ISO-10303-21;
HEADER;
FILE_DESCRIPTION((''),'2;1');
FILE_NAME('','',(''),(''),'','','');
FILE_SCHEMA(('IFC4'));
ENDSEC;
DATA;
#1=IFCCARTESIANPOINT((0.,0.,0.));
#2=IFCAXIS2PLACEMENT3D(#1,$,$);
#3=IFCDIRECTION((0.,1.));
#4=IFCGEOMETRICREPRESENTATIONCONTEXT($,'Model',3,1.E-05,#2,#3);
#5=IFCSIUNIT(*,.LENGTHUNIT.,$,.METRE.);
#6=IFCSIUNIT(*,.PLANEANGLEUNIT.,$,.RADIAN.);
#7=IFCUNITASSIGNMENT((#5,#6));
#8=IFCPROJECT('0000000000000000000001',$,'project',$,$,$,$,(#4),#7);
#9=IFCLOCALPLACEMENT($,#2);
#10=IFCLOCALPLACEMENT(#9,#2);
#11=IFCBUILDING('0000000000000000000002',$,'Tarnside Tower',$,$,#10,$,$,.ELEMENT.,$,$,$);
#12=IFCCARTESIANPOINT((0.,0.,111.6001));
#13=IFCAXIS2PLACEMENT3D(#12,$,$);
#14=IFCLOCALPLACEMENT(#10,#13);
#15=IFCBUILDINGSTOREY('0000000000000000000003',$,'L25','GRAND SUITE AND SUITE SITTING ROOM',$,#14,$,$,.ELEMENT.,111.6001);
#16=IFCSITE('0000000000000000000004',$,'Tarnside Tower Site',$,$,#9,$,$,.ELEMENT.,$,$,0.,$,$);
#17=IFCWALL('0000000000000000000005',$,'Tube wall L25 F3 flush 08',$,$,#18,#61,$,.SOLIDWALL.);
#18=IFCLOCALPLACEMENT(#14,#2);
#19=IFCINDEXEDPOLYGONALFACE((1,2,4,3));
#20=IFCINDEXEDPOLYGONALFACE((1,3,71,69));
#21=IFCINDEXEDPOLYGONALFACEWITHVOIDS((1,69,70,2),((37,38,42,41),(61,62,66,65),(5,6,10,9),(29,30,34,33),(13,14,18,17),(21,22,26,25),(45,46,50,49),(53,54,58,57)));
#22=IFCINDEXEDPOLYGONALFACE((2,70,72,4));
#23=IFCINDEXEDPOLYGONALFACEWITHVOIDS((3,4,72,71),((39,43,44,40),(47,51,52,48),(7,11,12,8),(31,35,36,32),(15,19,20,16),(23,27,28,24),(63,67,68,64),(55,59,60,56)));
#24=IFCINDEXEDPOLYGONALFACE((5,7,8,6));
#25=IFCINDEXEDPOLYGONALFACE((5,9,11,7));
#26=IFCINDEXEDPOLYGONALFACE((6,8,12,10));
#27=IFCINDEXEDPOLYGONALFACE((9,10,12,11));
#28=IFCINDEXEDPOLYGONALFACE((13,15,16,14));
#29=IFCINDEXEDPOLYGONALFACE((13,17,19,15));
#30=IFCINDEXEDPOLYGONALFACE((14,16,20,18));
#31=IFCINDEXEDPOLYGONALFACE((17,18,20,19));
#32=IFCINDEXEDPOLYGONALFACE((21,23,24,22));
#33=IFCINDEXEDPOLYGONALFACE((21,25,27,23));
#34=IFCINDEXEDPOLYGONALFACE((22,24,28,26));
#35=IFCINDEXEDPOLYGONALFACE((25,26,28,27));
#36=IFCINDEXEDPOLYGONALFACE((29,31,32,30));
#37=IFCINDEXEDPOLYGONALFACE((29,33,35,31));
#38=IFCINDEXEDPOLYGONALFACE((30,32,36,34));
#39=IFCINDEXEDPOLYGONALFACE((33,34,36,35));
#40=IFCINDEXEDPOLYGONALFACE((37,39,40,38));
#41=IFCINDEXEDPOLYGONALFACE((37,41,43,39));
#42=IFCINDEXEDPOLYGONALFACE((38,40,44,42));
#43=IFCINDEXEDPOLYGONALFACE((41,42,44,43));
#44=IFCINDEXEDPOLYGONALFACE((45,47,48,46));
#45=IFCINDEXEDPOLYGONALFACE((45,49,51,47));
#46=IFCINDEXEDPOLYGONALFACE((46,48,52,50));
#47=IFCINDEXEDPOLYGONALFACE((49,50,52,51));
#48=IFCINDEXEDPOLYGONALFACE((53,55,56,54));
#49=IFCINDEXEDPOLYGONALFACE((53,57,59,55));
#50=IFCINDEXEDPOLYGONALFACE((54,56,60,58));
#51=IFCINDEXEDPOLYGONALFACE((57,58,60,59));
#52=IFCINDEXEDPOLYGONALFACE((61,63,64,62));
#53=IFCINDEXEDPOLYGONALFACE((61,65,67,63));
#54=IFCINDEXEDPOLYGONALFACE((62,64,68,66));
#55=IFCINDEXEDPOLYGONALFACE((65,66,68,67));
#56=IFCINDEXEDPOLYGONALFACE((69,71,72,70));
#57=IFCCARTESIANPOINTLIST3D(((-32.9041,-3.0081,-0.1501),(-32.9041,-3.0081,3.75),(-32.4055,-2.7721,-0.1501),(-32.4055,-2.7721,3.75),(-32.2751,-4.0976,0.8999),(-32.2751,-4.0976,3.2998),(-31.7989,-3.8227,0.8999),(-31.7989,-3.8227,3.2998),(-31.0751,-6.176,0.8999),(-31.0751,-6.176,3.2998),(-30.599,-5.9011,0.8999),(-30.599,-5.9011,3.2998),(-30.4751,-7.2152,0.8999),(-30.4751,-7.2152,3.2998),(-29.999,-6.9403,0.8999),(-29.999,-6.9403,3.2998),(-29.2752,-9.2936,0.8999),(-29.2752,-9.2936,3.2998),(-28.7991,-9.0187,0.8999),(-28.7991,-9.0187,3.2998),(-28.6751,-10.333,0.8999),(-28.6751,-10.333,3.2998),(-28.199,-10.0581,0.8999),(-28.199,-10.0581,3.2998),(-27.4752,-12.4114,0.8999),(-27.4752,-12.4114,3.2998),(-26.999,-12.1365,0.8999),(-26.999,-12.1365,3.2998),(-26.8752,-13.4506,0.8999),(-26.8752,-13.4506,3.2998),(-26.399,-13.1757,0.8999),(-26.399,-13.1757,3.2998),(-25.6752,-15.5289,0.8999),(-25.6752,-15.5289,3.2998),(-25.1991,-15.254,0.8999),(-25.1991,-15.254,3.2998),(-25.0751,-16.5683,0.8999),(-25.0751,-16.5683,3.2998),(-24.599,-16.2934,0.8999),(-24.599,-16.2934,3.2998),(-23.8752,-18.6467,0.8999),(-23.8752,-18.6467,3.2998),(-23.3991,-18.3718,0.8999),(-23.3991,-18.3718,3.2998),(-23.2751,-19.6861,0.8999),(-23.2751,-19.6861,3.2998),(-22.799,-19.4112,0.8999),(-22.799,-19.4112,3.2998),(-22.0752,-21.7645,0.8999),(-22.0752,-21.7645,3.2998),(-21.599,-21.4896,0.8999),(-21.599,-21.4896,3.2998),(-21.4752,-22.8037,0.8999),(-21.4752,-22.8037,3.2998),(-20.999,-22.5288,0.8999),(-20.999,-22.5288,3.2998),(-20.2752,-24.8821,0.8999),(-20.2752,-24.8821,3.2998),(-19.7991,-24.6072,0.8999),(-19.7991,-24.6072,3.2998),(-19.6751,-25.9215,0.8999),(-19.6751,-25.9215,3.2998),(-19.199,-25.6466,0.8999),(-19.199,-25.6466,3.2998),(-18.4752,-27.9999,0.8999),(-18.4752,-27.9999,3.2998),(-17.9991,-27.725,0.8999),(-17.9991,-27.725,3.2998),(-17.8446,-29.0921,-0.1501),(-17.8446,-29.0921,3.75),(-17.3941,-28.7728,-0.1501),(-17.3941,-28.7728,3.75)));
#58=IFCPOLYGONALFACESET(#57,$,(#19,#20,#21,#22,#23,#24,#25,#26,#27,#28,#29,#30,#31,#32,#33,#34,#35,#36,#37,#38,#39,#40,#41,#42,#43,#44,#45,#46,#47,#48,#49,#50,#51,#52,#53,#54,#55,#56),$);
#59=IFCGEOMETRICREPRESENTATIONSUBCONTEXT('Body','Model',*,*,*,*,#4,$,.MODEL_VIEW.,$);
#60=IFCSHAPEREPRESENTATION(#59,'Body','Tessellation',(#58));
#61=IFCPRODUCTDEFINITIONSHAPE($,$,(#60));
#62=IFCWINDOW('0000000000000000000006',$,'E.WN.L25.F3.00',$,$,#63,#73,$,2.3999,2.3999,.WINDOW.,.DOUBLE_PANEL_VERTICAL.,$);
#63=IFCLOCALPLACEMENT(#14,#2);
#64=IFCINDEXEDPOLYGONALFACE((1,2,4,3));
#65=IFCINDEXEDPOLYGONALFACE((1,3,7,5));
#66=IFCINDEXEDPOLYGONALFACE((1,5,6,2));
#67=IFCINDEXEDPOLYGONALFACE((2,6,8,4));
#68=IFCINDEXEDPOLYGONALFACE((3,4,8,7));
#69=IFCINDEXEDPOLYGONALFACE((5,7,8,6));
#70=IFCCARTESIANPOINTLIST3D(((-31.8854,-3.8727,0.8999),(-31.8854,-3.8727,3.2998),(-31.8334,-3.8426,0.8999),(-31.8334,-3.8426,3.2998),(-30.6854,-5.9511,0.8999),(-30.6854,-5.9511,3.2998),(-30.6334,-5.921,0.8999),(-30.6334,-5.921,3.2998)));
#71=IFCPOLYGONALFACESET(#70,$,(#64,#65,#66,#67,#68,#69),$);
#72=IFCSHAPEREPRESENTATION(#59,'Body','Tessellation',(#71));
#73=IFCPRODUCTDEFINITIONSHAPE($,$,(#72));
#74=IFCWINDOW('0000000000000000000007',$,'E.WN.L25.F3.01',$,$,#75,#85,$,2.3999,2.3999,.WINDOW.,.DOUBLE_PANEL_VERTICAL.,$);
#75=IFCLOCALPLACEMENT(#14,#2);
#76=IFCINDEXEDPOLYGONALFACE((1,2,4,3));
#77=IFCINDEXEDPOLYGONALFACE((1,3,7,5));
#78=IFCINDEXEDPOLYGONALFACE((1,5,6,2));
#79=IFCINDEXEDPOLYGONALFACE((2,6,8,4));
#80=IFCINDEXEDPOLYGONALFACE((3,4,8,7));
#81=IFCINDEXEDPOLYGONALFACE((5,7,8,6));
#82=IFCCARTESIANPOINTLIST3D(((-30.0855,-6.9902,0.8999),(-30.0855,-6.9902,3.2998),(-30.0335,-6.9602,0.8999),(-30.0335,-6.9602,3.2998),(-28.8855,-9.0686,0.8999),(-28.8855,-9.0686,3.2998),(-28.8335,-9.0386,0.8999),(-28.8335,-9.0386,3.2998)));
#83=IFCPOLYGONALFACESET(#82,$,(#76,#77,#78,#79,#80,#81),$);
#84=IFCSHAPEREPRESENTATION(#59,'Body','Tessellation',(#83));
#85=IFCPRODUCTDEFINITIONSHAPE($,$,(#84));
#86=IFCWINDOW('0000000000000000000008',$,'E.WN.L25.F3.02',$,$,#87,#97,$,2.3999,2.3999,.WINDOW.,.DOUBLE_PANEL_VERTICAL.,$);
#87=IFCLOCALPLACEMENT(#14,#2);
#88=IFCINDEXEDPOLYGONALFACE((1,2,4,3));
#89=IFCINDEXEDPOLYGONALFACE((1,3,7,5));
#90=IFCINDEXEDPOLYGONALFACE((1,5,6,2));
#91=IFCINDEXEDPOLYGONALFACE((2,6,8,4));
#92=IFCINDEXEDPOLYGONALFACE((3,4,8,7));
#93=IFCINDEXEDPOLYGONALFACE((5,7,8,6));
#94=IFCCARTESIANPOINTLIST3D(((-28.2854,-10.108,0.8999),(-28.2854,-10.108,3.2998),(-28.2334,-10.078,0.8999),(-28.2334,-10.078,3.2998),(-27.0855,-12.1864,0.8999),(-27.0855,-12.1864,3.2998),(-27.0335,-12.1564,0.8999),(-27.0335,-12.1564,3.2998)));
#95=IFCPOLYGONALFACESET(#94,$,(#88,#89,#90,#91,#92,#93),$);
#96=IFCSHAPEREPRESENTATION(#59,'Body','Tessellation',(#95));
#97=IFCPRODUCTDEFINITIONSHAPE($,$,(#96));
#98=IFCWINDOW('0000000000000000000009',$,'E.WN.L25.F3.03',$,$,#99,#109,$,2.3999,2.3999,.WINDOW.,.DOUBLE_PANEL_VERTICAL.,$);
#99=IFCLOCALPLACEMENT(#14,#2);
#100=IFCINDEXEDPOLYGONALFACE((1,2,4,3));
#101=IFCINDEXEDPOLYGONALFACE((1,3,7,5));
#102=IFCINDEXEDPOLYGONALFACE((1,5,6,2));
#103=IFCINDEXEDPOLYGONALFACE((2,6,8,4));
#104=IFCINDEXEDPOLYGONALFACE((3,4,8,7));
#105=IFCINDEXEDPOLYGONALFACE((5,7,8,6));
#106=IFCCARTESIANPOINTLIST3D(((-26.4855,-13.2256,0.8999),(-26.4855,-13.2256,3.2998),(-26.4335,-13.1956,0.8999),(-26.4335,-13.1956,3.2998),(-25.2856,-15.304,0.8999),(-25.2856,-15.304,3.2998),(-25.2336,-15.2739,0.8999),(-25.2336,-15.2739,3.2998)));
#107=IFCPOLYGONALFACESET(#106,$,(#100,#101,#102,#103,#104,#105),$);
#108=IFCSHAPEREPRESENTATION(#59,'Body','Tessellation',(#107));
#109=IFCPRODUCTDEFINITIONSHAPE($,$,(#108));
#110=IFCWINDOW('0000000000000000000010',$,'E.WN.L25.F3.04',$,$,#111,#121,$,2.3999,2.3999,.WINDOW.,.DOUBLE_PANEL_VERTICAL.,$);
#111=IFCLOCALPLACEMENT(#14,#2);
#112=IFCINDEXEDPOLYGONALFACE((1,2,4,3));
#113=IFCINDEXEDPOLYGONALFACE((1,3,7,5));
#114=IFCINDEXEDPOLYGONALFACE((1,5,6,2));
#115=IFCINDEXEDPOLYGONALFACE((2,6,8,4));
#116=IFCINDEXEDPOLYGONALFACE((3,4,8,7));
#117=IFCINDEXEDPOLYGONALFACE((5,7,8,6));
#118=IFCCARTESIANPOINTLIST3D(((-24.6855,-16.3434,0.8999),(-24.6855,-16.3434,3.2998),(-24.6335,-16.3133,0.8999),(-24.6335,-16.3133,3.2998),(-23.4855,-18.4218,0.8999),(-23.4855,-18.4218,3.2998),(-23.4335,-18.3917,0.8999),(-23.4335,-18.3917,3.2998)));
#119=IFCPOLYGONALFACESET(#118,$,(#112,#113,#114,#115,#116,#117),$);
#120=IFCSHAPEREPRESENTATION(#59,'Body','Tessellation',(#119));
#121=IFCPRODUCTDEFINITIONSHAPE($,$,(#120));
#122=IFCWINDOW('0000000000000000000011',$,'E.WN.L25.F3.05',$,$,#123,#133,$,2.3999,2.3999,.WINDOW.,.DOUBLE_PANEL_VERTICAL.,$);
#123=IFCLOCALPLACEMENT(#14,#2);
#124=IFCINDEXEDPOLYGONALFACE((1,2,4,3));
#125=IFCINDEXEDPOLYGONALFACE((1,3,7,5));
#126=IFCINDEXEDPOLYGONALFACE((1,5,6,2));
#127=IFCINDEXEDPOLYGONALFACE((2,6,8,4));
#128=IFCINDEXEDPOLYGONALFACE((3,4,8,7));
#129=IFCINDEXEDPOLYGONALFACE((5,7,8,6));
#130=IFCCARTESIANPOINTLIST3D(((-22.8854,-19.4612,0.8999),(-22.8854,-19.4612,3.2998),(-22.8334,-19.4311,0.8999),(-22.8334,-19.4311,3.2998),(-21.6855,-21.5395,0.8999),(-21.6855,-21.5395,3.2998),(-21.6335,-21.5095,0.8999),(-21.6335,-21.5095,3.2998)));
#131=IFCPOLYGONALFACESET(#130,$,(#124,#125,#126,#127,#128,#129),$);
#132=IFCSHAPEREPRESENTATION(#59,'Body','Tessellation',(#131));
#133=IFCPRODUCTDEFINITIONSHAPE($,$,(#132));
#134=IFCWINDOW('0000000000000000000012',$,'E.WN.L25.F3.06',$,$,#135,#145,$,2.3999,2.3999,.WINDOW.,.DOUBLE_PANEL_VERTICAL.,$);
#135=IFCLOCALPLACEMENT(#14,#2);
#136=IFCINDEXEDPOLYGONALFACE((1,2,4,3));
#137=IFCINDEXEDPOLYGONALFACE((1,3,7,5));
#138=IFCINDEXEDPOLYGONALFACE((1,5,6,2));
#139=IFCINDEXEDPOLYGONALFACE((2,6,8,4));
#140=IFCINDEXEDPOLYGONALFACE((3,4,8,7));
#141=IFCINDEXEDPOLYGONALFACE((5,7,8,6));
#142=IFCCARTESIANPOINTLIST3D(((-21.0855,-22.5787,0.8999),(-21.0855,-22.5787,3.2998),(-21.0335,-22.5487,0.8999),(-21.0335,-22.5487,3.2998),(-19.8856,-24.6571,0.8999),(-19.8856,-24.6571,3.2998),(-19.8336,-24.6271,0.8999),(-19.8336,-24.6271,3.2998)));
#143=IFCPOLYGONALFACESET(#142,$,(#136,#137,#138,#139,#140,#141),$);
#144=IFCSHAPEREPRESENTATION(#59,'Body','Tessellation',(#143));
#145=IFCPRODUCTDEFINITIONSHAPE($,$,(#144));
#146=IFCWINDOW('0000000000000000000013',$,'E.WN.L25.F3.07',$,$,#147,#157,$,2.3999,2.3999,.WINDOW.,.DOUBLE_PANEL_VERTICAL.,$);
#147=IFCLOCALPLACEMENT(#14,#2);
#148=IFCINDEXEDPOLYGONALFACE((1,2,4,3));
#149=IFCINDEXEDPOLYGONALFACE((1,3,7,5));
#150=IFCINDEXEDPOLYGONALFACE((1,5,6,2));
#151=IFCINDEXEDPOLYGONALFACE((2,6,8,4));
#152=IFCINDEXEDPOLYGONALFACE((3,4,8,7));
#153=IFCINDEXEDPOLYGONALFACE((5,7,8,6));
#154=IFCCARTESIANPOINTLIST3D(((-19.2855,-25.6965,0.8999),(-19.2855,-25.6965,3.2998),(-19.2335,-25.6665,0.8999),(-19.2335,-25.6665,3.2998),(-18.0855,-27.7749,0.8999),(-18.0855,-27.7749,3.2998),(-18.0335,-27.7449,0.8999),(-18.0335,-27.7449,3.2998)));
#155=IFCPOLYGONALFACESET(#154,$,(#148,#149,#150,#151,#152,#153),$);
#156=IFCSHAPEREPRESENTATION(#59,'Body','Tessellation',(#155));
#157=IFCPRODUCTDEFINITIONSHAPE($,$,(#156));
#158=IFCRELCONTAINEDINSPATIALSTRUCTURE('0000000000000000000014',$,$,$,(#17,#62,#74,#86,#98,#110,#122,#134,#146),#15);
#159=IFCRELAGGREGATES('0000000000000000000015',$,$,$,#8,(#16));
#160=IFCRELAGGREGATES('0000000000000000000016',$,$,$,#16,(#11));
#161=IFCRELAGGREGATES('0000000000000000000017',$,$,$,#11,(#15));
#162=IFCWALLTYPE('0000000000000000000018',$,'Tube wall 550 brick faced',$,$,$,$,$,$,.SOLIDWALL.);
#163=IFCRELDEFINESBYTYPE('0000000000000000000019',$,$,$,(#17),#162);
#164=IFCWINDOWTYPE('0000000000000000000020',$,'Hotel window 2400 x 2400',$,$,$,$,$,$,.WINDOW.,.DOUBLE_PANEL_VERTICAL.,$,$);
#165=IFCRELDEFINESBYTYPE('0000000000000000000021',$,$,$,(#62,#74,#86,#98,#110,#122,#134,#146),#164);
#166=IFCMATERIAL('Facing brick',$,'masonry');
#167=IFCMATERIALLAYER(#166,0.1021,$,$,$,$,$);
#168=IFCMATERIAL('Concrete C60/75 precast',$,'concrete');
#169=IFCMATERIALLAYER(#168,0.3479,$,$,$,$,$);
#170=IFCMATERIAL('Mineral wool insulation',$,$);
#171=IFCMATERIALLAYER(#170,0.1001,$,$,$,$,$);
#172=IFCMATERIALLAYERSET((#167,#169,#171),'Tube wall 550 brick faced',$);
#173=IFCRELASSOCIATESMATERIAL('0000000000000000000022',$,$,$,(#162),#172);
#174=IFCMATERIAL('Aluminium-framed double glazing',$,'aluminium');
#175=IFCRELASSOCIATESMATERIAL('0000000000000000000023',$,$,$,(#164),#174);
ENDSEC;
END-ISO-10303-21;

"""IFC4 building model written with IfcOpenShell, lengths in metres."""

from ifc_helpers import new_model, si_unit, direction, frame, frame_2d, origin, place, context, subcontext, project, spatial, polyline, rectangle, outline, extrude, material, layer, layer_set, type_object, element, fill, save


model = new_model("IFC4")

# Units and contexts
model_context = context("Model", 3, precision=1e-05, world=origin(), true_north=direction((0.0, 1.0)))
body_context = subcontext(model_context, "Body", "Model", "MODEL_VIEW")
ifc_project = project(units=[si_unit("LENGTHUNIT", "METRE"), si_unit("PLANEANGLEUNIT", "RADIAN")], contexts=[model_context])

# Site, building, storey
site_placement = place(None, origin())
site = spatial("IfcSite", under=ifc_project, at=site_placement, Name="Tarnside Tower Site", CompositionType="ELEMENT", RefElevation=0.0)
building_placement = place(site_placement, origin())
building = spatial("IfcBuilding", under=site, at=building_placement, Name="Tarnside Tower", CompositionType="ELEMENT")
storey_placement = place(building_placement, frame((0.0, 0.0, 111.6001)))
storey = spatial("IfcBuildingStorey", under=building, at=storey_placement, Name="L25", Description="GRAND SUITE AND SUITE SITTING ROOM", CompositionType="ELEMENT", Elevation=111.6001)

# Shared definitions
ifc_material_1 = material(Name="Facing brick", Category="masonry")
ifc_layer_1 = layer(ifc_material_1, 0.1021)
ifc_material_2 = material(Name="Concrete C60/75 precast", Category="concrete")
ifc_layer_2 = layer(ifc_material_2, 0.3479)
ifc_material_3 = material(Name="Mineral wool insulation")
ifc_layer_3 = layer(ifc_material_3, 0.1001)
ifc_layer_set_1 = layer_set([ifc_layer_1, ifc_layer_2, ifc_layer_3], Name="Tube wall 550 brick faced")
wall_type = type_object("IfcWallType", Name="Tube wall 550 brick faced", PredefinedType="SOLIDWALL", material=ifc_layer_set_1)

# Wall, openings, windows
wall_1_placement = place(storey_placement, frame((-32.6548, -2.8901, -0.1501), z_axis=(0.0, 0.0, 1.0), x_axis=(0.499998, -0.866027, 0.0)))
wall_1 = element("IfcWall", 1, at=wall_1_placement, inside=storey, type_object=wall_type, Name="Tube wall L25 F3 flush 08", PredefinedType="SOLIDWALL", context=body_context, shape_type="SweptSolid", body=[
    extrude(outline(polyline([(-0.0225, -0.2749), (30.0967, -0.2749), (30.0454, 0.2749), (0.0225, 0.2749), (-0.0225, -0.2749)])), origin(), (0.0, 0.0, 1.0), 3.9001),
])
opening_1_placement = place(wall_1_placement, frame((1.2356, 0.0, 1.05)))
opening_1 = element("IfcOpeningElement", 2, at=opening_1_placement, cuts=wall_1, PredefinedType="OPENING", context=body_context, shape_type="SweptSolid", body=[
    extrude(rectangle(XDim=2.3999, YDim=2.3999, at=frame_2d((1.2, 1.2))), frame((0.0, 0.2852, 0.0), z_axis=(0.0, -1.0, 0.0), x_axis=(1.0, 0.0, 0.0)), (0.0, 0.0, 1.0), 0.5701),
])
opening_2_placement = place(wall_1_placement, frame((4.8354, 0.0, 1.05)))
opening_2 = element("IfcOpeningElement", 3, at=opening_2_placement, cuts=wall_1, PredefinedType="OPENING", context=body_context, shape_type="SweptSolid", body=[
    extrude(rectangle(XDim=2.3999, YDim=2.3999, at=frame_2d((1.2, 1.2))), frame((0.0, 0.2852, 0.0), z_axis=(0.0, -1.0, 0.0), x_axis=(1.0, 0.0, 0.0)), (0.0, 0.0, 1.0), 0.5701),
])
opening_3_placement = place(wall_1_placement, frame((8.4355, 0.0, 1.05)))
opening_3 = element("IfcOpeningElement", 4, at=opening_3_placement, cuts=wall_1, PredefinedType="OPENING", context=body_context, shape_type="SweptSolid", body=[
    extrude(rectangle(XDim=2.3999, YDim=2.3999, at=frame_2d((1.2, 1.2))), frame((0.0, 0.2852, 0.0), z_axis=(0.0, -1.0, 0.0), x_axis=(1.0, 0.0, 0.0)), (0.0, 0.0, 1.0), 0.5701),
])
opening_4_placement = place(wall_1_placement, frame((12.0354, 0.0, 1.05)))
opening_4 = element("IfcOpeningElement", 5, at=opening_4_placement, cuts=wall_1, PredefinedType="OPENING", context=body_context, shape_type="SweptSolid", body=[
    extrude(rectangle(XDim=2.3999, YDim=2.3999, at=frame_2d((1.2, 1.2))), frame((0.0, 0.2852, 0.0), z_axis=(0.0, -1.0, 0.0), x_axis=(1.0, 0.0, 0.0)), (0.0, 0.0, 1.0), 0.5701),
])
opening_5_placement = place(wall_1_placement, frame((15.6355, 0.0, 1.05)))
opening_5 = element("IfcOpeningElement", 6, at=opening_5_placement, cuts=wall_1, PredefinedType="OPENING", context=body_context, shape_type="SweptSolid", body=[
    extrude(rectangle(XDim=2.3999, YDim=2.3999, at=frame_2d((1.2, 1.2))), frame((0.0, 0.2852, 0.0), z_axis=(0.0, -1.0, 0.0), x_axis=(1.0, 0.0, 0.0)), (0.0, 0.0, 1.0), 0.5701),
])
opening_6_placement = place(wall_1_placement, frame((19.2356, 0.0, 1.05)))
opening_6 = element("IfcOpeningElement", 7, at=opening_6_placement, cuts=wall_1, PredefinedType="OPENING", context=body_context, shape_type="SweptSolid", body=[
    extrude(rectangle(XDim=2.3999, YDim=2.3999, at=frame_2d((1.2, 1.2))), frame((0.0, 0.2852, 0.0), z_axis=(0.0, -1.0, 0.0), x_axis=(1.0, 0.0, 0.0)), (0.0, 0.0, 1.0), 0.5701),
])
opening_7_placement = place(wall_1_placement, frame((22.8354, 0.0, 1.05)))
opening_7 = element("IfcOpeningElement", 8, at=opening_7_placement, cuts=wall_1, PredefinedType="OPENING", context=body_context, shape_type="SweptSolid", body=[
    extrude(rectangle(XDim=2.3999, YDim=2.3999, at=frame_2d((1.2, 1.2))), frame((0.0, 0.2852, 0.0), z_axis=(0.0, -1.0, 0.0), x_axis=(1.0, 0.0, 0.0)), (0.0, 0.0, 1.0), 0.5701),
])
opening_8_placement = place(wall_1_placement, frame((26.4355, 0.0, 1.05)))
opening_8 = element("IfcOpeningElement", 9, at=opening_8_placement, cuts=wall_1, PredefinedType="OPENING", context=body_context, shape_type="SweptSolid", body=[
    extrude(rectangle(XDim=2.3999, YDim=2.3999, at=frame_2d((1.2, 1.2))), frame((0.0, 0.2852, 0.0), z_axis=(0.0, -1.0, 0.0), x_axis=(1.0, 0.0, 0.0)), (0.0, 0.0, 1.0), 0.5701),
])
ifc_material_4 = material(Name="Aluminium-framed double glazing", Category="aluminium")
window_type = type_object("IfcWindowType", Name="Hotel window 2400 x 2400", PartitioningType="DOUBLE_PANEL_VERTICAL", PredefinedType="WINDOW", material=ifc_material_4)
window_1_placement = place(opening_1_placement, frame((0.0, 0.2051, 0.0)))
window_1 = element("IfcWindow", 10, at=window_1_placement, inside=storey, type_object=window_type, Name="E.WN.L25.F3.00", OverallHeight=2.3999, OverallWidth=2.3999, PartitioningType="DOUBLE_PANEL_VERTICAL", PredefinedType="WINDOW", context=body_context, shape_type="SweptSolid", body=[
    extrude(rectangle(XDim=2.3999, YDim=2.3999, at=frame_2d((1.2, 1.2))), frame((0.0, 0.03, 0.0), z_axis=(0.0, -1.0, 0.0), x_axis=(1.0, 0.0, 0.0)), (0.0, 0.0, 1.0), 0.0601),
])
fill(opening_1, window_1)
window_2_placement = place(opening_2_placement, frame((0.0, 0.2051, 0.0)))
window_2 = element("IfcWindow", 11, at=window_2_placement, inside=storey, type_object=window_type, Name="E.WN.L25.F3.01", OverallHeight=2.3999, OverallWidth=2.3999, PartitioningType="DOUBLE_PANEL_VERTICAL", PredefinedType="WINDOW", context=body_context, shape_type="SweptSolid", body=[
    extrude(rectangle(XDim=2.3999, YDim=2.3999, at=frame_2d((1.2, 1.2))), frame((0.0, 0.03, 0.0), z_axis=(0.0, -1.0, 0.0), x_axis=(1.0, 0.0, 0.0)), (0.0, 0.0, 1.0), 0.0601),
])
fill(opening_2, window_2)
window_3_placement = place(opening_3_placement, frame((0.0, 0.2051, 0.0)))
window_3 = element("IfcWindow", 12, at=window_3_placement, inside=storey, type_object=window_type, Name="E.WN.L25.F3.02", OverallHeight=2.3999, OverallWidth=2.3999, PartitioningType="DOUBLE_PANEL_VERTICAL", PredefinedType="WINDOW", context=body_context, shape_type="SweptSolid", body=[
    extrude(rectangle(XDim=2.3999, YDim=2.3999, at=frame_2d((1.2, 1.2))), frame((0.0, 0.03, 0.0), z_axis=(0.0, -1.0, 0.0), x_axis=(1.0, 0.0, 0.0)), (0.0, 0.0, 1.0), 0.0601),
])
fill(opening_3, window_3)
window_4_placement = place(opening_4_placement, frame((0.0, 0.2051, 0.0)))
window_4 = element("IfcWindow", 13, at=window_4_placement, inside=storey, type_object=window_type, Name="E.WN.L25.F3.03", OverallHeight=2.3999, OverallWidth=2.3999, PartitioningType="DOUBLE_PANEL_VERTICAL", PredefinedType="WINDOW", context=body_context, shape_type="SweptSolid", body=[
    extrude(rectangle(XDim=2.3999, YDim=2.3999, at=frame_2d((1.2, 1.2))), frame((0.0, 0.03, 0.0), z_axis=(0.0, -1.0, 0.0), x_axis=(1.0, 0.0, 0.0)), (0.0, 0.0, 1.0), 0.0601),
])
fill(opening_4, window_4)
window_5_placement = place(opening_5_placement, frame((0.0, 0.2051, 0.0)))
window_5 = element("IfcWindow", 14, at=window_5_placement, inside=storey, type_object=window_type, Name="E.WN.L25.F3.04", OverallHeight=2.3999, OverallWidth=2.3999, PartitioningType="DOUBLE_PANEL_VERTICAL", PredefinedType="WINDOW", context=body_context, shape_type="SweptSolid", body=[
    extrude(rectangle(XDim=2.3999, YDim=2.3999, at=frame_2d((1.2, 1.2))), frame((0.0, 0.03, 0.0), z_axis=(0.0, -1.0, 0.0), x_axis=(1.0, 0.0, 0.0)), (0.0, 0.0, 1.0), 0.0601),
])
fill(opening_5, window_5)
window_6_placement = place(opening_6_placement, frame((0.0, 0.2051, 0.0)))
window_6 = element("IfcWindow", 15, at=window_6_placement, inside=storey, type_object=window_type, Name="E.WN.L25.F3.05", OverallHeight=2.3999, OverallWidth=2.3999, PartitioningType="DOUBLE_PANEL_VERTICAL", PredefinedType="WINDOW", context=body_context, shape_type="SweptSolid", body=[
    extrude(rectangle(XDim=2.3999, YDim=2.3999, at=frame_2d((1.2, 1.2))), frame((0.0, 0.03, 0.0), z_axis=(0.0, -1.0, 0.0), x_axis=(1.0, 0.0, 0.0)), (0.0, 0.0, 1.0), 0.0601),
])
fill(opening_6, window_6)
window_7_placement = place(opening_7_placement, frame((0.0, 0.2051, 0.0)))
window_7 = element("IfcWindow", 16, at=window_7_placement, inside=storey, type_object=window_type, Name="E.WN.L25.F3.06", OverallHeight=2.3999, OverallWidth=2.3999, PartitioningType="DOUBLE_PANEL_VERTICAL", PredefinedType="WINDOW", context=body_context, shape_type="SweptSolid", body=[
    extrude(rectangle(XDim=2.3999, YDim=2.3999, at=frame_2d((1.2, 1.2))), frame((0.0, 0.03, 0.0), z_axis=(0.0, -1.0, 0.0), x_axis=(1.0, 0.0, 0.0)), (0.0, 0.0, 1.0), 0.0601),
])
fill(opening_7, window_7)
window_8_placement = place(opening_8_placement, frame((0.0, 0.2051, 0.0)))
window_8 = element("IfcWindow", 17, at=window_8_placement, inside=storey, type_object=window_type, Name="E.WN.L25.F3.07", OverallHeight=2.3999, OverallWidth=2.3999, PartitioningType="DOUBLE_PANEL_VERTICAL", PredefinedType="WINDOW", context=body_context, shape_type="SweptSolid", body=[
    extrude(rectangle(XDim=2.3999, YDim=2.3999, at=frame_2d((1.2, 1.2))), frame((0.0, 0.03, 0.0), z_axis=(0.0, -1.0, 0.0), x_axis=(1.0, 0.0, 0.0)), (0.0, 0.0, 1.0), 0.0601),
])
fill(opening_8, window_8)

save(model, "model.ifc")
